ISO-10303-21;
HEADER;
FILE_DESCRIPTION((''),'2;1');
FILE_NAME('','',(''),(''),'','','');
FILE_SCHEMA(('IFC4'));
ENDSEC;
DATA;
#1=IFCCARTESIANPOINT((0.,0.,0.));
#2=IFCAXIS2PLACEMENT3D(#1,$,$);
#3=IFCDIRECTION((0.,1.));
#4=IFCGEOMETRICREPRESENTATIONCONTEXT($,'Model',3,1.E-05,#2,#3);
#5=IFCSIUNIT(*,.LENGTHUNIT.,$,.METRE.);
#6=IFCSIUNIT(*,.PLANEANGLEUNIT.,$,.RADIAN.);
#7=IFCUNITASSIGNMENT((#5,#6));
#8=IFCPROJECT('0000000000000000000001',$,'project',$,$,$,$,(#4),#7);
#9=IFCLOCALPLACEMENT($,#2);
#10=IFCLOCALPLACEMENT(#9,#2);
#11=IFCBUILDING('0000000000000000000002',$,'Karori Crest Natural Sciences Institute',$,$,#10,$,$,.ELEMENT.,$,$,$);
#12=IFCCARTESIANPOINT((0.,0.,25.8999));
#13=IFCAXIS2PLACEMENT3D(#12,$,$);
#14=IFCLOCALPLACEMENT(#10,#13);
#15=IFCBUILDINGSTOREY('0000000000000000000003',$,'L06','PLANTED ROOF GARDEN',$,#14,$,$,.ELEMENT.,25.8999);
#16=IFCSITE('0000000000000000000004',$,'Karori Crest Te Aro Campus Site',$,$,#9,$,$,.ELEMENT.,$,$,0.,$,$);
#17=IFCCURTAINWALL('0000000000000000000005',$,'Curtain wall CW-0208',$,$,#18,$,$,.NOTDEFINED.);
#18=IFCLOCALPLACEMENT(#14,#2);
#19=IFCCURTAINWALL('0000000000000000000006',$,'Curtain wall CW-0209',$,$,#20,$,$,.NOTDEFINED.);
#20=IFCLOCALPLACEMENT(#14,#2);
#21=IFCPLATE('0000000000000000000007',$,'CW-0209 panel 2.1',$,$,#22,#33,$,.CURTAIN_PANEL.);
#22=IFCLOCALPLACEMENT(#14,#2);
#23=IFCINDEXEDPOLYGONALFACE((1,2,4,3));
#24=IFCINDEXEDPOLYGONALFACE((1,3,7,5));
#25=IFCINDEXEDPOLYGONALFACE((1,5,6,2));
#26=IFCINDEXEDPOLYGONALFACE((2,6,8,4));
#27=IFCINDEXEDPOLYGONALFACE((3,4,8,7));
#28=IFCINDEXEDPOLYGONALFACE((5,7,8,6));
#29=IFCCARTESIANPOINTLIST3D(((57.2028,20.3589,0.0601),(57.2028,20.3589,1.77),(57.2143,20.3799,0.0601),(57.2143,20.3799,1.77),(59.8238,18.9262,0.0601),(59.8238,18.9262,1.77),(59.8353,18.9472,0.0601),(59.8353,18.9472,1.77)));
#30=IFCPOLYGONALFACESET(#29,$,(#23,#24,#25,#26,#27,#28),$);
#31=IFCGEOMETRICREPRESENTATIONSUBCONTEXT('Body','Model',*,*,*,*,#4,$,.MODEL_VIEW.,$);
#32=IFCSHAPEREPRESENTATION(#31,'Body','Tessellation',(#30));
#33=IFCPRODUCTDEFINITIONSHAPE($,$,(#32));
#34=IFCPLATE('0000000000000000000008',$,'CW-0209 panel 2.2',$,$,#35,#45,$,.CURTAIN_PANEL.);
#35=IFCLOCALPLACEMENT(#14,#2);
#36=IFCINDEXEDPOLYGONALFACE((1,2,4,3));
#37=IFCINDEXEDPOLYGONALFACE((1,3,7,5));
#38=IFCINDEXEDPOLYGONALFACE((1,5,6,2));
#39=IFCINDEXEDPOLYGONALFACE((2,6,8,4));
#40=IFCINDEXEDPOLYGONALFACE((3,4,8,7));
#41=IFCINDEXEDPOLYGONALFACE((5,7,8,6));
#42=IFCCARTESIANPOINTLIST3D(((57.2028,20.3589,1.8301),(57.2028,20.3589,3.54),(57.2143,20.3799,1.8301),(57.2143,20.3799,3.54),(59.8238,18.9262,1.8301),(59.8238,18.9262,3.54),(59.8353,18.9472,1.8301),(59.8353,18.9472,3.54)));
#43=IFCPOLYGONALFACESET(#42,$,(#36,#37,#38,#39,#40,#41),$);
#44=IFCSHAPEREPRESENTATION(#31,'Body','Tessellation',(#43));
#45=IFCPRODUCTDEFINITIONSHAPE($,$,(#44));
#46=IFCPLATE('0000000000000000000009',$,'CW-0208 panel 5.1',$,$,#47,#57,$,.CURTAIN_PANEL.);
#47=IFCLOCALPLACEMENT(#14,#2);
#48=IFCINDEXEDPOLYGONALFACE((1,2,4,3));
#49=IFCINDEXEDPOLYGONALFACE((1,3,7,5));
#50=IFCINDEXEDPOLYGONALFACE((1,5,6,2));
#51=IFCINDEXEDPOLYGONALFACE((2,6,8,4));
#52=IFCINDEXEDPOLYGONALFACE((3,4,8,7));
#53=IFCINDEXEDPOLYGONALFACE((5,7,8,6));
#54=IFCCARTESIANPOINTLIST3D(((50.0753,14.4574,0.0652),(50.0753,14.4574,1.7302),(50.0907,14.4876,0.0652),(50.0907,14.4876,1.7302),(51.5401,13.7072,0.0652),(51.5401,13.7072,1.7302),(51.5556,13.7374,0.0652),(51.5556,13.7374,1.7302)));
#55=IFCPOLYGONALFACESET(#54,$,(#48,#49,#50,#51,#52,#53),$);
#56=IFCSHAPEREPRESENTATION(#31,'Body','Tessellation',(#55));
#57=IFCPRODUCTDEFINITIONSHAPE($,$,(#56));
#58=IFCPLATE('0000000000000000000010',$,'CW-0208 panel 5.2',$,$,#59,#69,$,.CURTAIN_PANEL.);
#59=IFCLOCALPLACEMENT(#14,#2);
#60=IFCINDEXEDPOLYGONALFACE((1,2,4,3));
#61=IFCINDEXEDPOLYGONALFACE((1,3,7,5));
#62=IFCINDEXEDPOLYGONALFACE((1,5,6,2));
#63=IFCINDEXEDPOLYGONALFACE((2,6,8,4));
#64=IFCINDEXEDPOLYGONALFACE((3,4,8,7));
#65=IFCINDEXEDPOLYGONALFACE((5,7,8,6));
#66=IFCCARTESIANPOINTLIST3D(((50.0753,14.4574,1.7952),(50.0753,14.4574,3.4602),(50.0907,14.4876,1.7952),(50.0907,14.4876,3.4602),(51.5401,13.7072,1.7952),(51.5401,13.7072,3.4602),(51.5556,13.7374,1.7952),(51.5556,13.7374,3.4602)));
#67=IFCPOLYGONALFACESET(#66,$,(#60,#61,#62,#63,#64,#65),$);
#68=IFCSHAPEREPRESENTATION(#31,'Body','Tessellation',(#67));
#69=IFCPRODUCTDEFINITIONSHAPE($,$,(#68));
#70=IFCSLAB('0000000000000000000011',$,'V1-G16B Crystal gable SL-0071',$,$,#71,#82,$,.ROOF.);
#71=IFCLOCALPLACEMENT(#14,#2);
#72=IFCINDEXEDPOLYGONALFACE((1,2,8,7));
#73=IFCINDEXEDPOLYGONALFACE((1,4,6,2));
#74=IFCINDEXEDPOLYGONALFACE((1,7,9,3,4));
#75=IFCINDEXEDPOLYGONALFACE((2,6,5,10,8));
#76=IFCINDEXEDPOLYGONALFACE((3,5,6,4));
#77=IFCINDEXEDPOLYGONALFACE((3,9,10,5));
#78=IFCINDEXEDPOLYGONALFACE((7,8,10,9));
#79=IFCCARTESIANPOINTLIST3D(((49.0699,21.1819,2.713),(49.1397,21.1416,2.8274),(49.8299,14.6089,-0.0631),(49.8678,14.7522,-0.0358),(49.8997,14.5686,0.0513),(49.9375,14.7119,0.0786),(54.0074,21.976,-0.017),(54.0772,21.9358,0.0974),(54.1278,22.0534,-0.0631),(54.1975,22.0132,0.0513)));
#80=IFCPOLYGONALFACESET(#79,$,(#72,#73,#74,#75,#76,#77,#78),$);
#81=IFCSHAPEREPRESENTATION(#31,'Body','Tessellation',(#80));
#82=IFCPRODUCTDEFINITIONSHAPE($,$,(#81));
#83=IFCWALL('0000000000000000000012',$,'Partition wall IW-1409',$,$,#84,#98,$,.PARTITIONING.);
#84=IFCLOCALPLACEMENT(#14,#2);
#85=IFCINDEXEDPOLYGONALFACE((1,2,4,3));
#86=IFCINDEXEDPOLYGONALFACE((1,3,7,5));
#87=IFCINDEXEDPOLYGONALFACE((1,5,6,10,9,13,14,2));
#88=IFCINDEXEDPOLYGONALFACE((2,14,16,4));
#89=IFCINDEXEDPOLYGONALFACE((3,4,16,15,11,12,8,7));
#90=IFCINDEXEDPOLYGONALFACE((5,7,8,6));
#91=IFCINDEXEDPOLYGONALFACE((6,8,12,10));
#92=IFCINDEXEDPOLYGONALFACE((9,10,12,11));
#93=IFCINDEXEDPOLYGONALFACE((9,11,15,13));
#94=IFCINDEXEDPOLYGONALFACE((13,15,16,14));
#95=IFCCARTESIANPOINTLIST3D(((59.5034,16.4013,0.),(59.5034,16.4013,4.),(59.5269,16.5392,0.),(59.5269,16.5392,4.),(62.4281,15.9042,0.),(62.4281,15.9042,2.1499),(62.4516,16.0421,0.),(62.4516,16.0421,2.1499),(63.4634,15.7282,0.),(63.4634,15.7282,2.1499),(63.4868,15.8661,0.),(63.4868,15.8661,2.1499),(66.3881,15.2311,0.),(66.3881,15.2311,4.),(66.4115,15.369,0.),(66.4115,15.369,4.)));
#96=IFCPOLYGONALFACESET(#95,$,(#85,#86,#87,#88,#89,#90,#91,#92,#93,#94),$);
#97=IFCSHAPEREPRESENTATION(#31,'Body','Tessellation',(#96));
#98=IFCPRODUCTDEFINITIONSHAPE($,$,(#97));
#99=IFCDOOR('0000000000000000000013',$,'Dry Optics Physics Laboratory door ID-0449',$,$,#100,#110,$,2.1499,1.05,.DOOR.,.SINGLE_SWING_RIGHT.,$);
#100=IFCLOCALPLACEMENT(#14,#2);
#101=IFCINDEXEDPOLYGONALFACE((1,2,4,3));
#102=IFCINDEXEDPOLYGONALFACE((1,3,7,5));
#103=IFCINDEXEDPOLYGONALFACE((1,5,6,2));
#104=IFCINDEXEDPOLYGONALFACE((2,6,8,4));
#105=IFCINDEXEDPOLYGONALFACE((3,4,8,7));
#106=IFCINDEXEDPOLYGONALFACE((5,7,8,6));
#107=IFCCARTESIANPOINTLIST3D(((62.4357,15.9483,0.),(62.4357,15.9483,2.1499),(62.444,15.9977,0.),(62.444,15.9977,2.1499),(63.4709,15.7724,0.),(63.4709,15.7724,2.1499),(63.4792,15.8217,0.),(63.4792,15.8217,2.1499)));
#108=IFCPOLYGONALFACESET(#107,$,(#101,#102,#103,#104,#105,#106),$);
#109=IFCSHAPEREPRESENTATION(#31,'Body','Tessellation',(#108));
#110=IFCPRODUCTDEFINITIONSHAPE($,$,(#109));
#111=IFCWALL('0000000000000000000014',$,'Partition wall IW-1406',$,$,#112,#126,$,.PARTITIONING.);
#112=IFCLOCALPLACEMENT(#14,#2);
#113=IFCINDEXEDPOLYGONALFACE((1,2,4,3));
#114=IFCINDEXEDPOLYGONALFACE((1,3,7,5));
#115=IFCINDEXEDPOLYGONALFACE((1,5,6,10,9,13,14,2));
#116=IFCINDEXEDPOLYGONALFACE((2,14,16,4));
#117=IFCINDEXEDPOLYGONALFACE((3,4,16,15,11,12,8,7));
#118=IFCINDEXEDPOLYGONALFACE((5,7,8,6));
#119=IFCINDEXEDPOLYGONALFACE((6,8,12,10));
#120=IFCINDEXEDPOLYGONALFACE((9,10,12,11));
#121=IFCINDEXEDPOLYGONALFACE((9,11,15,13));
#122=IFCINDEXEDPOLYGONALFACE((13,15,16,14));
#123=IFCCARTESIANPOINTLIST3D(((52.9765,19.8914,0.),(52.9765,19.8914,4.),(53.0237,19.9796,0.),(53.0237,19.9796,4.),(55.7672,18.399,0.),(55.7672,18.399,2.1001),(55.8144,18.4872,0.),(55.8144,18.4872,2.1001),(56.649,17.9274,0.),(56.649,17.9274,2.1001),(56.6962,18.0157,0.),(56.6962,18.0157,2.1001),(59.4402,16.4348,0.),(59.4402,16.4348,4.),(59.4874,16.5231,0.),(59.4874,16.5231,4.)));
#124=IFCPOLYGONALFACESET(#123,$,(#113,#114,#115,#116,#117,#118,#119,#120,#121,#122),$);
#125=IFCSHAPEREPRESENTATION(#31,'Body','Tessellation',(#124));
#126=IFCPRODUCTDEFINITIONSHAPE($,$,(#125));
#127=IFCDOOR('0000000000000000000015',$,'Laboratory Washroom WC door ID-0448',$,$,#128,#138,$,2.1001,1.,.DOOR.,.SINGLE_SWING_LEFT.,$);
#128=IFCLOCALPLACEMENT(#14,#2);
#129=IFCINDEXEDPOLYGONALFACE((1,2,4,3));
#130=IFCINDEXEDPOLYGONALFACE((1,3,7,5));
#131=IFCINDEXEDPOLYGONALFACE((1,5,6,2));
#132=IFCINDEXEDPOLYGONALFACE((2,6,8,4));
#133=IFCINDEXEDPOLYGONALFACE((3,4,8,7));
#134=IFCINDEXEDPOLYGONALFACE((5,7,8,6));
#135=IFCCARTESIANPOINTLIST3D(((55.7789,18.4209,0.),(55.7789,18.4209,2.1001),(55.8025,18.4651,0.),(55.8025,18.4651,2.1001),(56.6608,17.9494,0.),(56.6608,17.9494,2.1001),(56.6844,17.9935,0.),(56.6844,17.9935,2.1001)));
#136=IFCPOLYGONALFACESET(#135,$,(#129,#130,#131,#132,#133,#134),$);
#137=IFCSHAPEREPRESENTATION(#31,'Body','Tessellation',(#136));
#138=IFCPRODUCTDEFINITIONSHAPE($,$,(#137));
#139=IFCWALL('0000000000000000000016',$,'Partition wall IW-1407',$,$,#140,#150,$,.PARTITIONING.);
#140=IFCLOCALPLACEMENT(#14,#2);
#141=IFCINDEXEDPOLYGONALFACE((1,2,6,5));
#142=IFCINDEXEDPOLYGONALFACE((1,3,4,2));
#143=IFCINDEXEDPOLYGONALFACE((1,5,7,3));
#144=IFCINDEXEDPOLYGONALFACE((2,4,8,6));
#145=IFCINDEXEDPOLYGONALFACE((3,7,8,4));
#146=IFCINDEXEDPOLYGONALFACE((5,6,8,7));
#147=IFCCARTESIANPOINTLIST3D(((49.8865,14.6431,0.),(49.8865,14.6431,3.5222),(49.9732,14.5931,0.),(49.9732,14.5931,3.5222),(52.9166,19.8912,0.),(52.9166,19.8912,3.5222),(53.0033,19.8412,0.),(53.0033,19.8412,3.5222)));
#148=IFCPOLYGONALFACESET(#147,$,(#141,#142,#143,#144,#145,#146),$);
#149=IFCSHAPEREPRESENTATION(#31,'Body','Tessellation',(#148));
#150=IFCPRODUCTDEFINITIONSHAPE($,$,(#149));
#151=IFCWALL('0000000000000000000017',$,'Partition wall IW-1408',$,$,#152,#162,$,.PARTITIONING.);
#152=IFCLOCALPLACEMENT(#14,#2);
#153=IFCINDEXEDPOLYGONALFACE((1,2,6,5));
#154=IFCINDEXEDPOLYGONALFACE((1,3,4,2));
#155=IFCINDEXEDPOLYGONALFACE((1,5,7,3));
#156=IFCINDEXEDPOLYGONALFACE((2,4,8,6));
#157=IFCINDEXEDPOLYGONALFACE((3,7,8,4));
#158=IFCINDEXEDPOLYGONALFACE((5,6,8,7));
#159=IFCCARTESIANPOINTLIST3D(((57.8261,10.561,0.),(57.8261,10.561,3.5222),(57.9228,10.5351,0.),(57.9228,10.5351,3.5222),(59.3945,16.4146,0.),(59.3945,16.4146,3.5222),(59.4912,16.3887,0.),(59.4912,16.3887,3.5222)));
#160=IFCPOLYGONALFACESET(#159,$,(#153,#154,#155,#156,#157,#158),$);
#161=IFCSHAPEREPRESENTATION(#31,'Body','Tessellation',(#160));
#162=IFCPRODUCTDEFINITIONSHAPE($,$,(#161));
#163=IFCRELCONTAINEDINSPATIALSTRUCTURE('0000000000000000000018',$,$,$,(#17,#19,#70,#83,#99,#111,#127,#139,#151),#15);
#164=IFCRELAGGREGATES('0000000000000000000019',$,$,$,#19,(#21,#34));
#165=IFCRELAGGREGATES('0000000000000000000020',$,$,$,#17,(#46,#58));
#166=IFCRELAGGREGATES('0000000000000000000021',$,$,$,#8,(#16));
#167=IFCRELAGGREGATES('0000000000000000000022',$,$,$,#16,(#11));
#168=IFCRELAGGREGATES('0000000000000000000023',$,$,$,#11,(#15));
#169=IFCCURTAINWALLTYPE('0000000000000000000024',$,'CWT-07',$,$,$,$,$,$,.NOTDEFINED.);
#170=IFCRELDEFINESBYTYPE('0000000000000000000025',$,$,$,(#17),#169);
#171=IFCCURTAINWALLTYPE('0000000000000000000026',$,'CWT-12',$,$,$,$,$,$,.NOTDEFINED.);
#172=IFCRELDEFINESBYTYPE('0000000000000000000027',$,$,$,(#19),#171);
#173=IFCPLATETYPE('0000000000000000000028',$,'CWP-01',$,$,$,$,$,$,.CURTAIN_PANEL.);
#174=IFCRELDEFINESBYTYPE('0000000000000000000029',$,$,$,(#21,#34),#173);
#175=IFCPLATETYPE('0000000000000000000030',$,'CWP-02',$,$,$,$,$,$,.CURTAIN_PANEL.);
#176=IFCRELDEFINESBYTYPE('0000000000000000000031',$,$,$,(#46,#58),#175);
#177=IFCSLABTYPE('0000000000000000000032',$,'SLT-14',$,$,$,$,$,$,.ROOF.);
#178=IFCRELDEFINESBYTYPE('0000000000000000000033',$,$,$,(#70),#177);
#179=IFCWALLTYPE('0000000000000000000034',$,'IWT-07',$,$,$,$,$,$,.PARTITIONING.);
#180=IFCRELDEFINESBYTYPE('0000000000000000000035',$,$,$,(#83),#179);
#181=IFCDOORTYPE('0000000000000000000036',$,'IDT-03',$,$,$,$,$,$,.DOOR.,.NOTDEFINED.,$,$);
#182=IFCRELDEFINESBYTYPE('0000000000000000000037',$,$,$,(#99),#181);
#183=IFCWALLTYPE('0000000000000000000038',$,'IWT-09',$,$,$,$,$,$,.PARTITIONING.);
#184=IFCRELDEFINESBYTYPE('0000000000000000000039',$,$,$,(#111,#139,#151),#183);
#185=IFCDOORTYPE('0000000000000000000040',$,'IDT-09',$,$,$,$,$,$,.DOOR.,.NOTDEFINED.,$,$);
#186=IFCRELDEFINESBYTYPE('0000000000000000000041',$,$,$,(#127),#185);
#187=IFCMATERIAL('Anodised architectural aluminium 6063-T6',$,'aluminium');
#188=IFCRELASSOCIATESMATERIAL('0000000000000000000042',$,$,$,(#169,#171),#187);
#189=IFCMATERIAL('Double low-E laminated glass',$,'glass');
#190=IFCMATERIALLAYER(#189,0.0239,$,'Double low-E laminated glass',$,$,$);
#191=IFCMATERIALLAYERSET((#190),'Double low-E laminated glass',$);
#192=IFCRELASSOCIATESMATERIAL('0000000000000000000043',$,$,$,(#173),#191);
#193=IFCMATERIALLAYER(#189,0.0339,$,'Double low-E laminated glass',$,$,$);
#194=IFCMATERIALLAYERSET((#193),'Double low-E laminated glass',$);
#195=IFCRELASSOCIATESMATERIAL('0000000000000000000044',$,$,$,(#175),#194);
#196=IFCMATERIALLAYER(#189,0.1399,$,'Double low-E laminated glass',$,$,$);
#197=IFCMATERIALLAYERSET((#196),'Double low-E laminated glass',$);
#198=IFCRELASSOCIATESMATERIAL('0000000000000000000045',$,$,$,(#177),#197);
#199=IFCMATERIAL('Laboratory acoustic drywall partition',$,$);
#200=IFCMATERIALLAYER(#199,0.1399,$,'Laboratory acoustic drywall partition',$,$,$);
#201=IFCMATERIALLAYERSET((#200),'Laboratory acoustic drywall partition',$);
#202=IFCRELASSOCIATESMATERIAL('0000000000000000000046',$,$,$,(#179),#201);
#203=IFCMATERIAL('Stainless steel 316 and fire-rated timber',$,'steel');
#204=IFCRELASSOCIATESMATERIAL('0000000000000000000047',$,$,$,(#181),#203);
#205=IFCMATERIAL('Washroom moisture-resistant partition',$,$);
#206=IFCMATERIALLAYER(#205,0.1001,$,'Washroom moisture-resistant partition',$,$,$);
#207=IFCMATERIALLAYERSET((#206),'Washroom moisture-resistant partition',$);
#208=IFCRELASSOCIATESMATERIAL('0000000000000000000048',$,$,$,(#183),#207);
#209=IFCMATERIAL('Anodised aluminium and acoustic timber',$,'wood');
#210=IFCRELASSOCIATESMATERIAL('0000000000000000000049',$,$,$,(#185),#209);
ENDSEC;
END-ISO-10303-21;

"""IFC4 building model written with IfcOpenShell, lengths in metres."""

from ifc_helpers import new_model, si_unit, direction, frame, frame_2d, origin, origin_2d, place, context, subcontext, project, spatial, polyline, rectangle, outline, extrude, material, layer, layer_set, type_object, element, fill, aggregate, save


model = new_model("IFC4")

# Units and contexts
model_context = context("Model", 3, precision=1e-05, world=origin(), true_north=direction((0.0, 1.0)))
body_context = subcontext(model_context, "Body", "Model", "MODEL_VIEW")
ifc_project = project(units=[si_unit("LENGTHUNIT", "METRE"), si_unit("PLANEANGLEUNIT", "RADIAN")], contexts=[model_context])

# Site, building, storey
site_placement = place(None, origin())
site = spatial("IfcSite", under=ifc_project, at=site_placement, Name="Karori Crest Te Aro Campus Site", CompositionType="ELEMENT", RefElevation=0.0)
building_placement = place(site_placement, origin())
building = spatial("IfcBuilding", under=site, at=building_placement, Name="Karori Crest Natural Sciences Institute", CompositionType="ELEMENT")
storey_placement = place(building_placement, frame((0.0, 0.0, 25.8999)))
storey = spatial("IfcBuildingStorey", under=building, at=storey_placement, Name="L06", Description="PLANTED ROOF GARDEN", CompositionType="ELEMENT", Elevation=25.8999)

# Curtain walls
ifc_material_1 = material(Name="Anodised architectural aluminium 6063-T6", Category="aluminium")
curtain_wall_type_1 = type_object("IfcCurtainWallType", Name="CWT-07", PredefinedType="NOTDEFINED", material=ifc_material_1)
curtain_wall_1_placement = place(storey_placement, origin())
curtain_wall_1 = element("IfcCurtainWall", 1, at=curtain_wall_1_placement, inside=storey, type_object=curtain_wall_type_1, Name="Curtain wall CW-0208", PredefinedType="NOTDEFINED")
curtain_wall_type_2 = type_object("IfcCurtainWallType", Name="CWT-12", PredefinedType="NOTDEFINED", material=ifc_material_1)
curtain_wall_2_placement = place(storey_placement, origin())
curtain_wall_2 = element("IfcCurtainWall", 2, at=curtain_wall_2_placement, inside=storey, type_object=curtain_wall_type_2, Name="Curtain wall CW-0209", PredefinedType="NOTDEFINED")

# Plates
ifc_material_2 = material(Name="Double low-E laminated glass", Category="glass")
ifc_layer_1 = layer(ifc_material_2, 0.0239, Name="Double low-E laminated glass")
ifc_layer_set_1 = layer_set([ifc_layer_1], Name="Double low-E laminated glass")
plate_type_1 = type_object("IfcPlateType", Name="CWP-01", PredefinedType="CURTAIN_PANEL", material=ifc_layer_set_1)
plate_1_placement = place(storey_placement, frame((58.519, 19.6531, 0.0601), z_axis=(0.0, 0.0, 1.0), x_axis=(0.87747, -0.479631, 0.0)))
plate_1 = element("IfcPlate", 3, at=plate_1_placement, type_object=plate_type_1, Name="CW-0209 panel 2.1", PredefinedType="CURTAIN_PANEL", context=body_context, shape_type="SweptSolid", body=[
    extrude(rectangle(XDim=2.9871, YDim=0.0239, at=origin_2d()), origin(), (0.0, 0.0, 1.0), 1.71),
])
plate_2_placement = place(storey_placement, frame((58.519, 19.6531, 1.8301), z_axis=(0.0, 0.0, 1.0), x_axis=(0.87747, -0.479631, 0.0)))
plate_2 = element("IfcPlate", 4, at=plate_2_placement, type_object=plate_type_1, Name="CW-0209 panel 2.2", PredefinedType="CURTAIN_PANEL", context=body_context, shape_type="SweptSolid", body=[
    extrude(rectangle(XDim=2.9871, YDim=0.0239, at=origin_2d()), origin(), (0.0, 0.0, 1.0), 1.71),
])
aggregate(curtain_wall_2, [plate_1, plate_2])
ifc_layer_2 = layer(ifc_material_2, 0.0339, Name="Double low-E laminated glass")
ifc_layer_set_2 = layer_set([ifc_layer_2], Name="Double low-E laminated glass")
plate_type_2 = type_object("IfcPlateType", Name="CWP-02", PredefinedType="CURTAIN_PANEL", material=ifc_layer_set_2)
plate_3_placement = place(storey_placement, frame((50.8154, 14.0974, 0.0652), z_axis=(0.0, 0.0, 1.0), x_axis=(-0.890067, 0.455829, 0.0)))
plate_3 = element("IfcPlate", 5, at=plate_3_placement, type_object=plate_type_2, Name="CW-0208 panel 5.1", PredefinedType="CURTAIN_PANEL", context=body_context, shape_type="SweptSolid", body=[
    extrude(rectangle(XDim=1.6458, YDim=0.0339, at=origin_2d()), origin(), (0.0, 0.0, 1.0), 1.665),
])
plate_4_placement = place(storey_placement, frame((50.8154, 14.0974, 1.7952), z_axis=(0.0, 0.0, 1.0), x_axis=(-0.890067, 0.455829, 0.0)))
plate_4 = element("IfcPlate", 6, at=plate_4_placement, type_object=plate_type_2, Name="CW-0208 panel 5.2", PredefinedType="CURTAIN_PANEL", context=body_context, shape_type="SweptSolid", body=[
    extrude(rectangle(XDim=1.6458, YDim=0.0339, at=origin_2d()), origin(), (0.0, 0.0, 1.0), 1.665),
])
aggregate(curtain_wall_1, [plate_3, plate_4])

# Slab
ifc_layer_3 = layer(ifc_material_2, 0.1399, Name="Double low-E laminated glass")
ifc_layer_set_3 = layer_set([ifc_layer_3], Name="Double low-E laminated glass")
slab_type = type_object("IfcSlabType", Name="SLT-14", PredefinedType="ROOF", material=ifc_layer_set_3)
slab_placement = place(storey_placement, frame((49.8997, 14.5686, 0.0513), z_axis=(0.498438, -0.287758, 0.817774), x_axis=(0.499977, 0.866039, 0.000003)))
element("IfcSlab", 7, at=slab_placement, inside=storey, type_object=slab_type, Name="V1-G16B Crystal gable SL-0071", PredefinedType="ROOF", context=body_context, shape_type="SweptSolid", body=[
    extrude(outline(polyline([(0.0, 0.0), (8.5961, 0.0), (8.4689, 0.0802), (5.3125, 4.8235), (0.143, 0.0475), (0.0, 0.0)])), origin(), (0.0, 0.0, -1.0), 0.1399),
])

# Walls, openings, doors
ifc_material_3 = material(Name="Laboratory acoustic drywall partition")
ifc_layer_4 = layer(ifc_material_3, 0.1399, Name="Laboratory acoustic drywall partition")
ifc_layer_set_4 = layer_set([ifc_layer_4], Name="Laboratory acoustic drywall partition")
wall_type_1 = type_object("IfcWallType", Name="IWT-07", PredefinedType="PARTITIONING", material=ifc_layer_set_4)
wall_1_placement = place(storey_placement, frame((59.5151, 16.4702, 0.0), z_axis=(0.0, 0.0, 1.0), x_axis=(0.985862, -0.167562, 0.0)))
wall_1 = element("IfcWall", 8, at=wall_1_placement, inside=storey, type_object=wall_type_1, Name="Partition wall IW-1409", PredefinedType="PARTITIONING", context=body_context, shape_type="SweptSolid", body=[
    extrude(rectangle(XDim=6.9834, YDim=0.1399, at=frame_2d((3.4917, 0.0))), origin(), (0.0, 0.0, 1.0), 4.0),
])
opening_1_placement = place(wall_1_placement, frame((2.9668, 0.0, 0.0)))
opening_1 = element("IfcOpeningElement", 9, at=opening_1_placement, cuts=wall_1, PredefinedType="OPENING", context=body_context, shape_type="SweptSolid", body=[
    extrude(rectangle(XDim=1.05, YDim=2.1499, at=frame_2d((0.5249, 1.075))), frame((0.0, 0.0801, 0.0), z_axis=(0.0, -1.0, 0.0), x_axis=(1.0, 0.0, 0.0)), (0.0, 0.0, 1.0), 0.1599),
])
ifc_material_4 = material(Name="Stainless steel 316 and fire-rated timber", Category="steel")
door_type_1 = type_object("IfcDoorType", Name="IDT-03", OperationType="NOTDEFINED", PredefinedType="DOOR", material=ifc_material_4)
door_1_placement = place(opening_1_placement, origin())
door_1 = element("IfcDoor", 10, at=door_1_placement, inside=storey, type_object=door_type_1, Name="Dry Optics Physics Laboratory door ID-0449", OperationType="SINGLE_SWING_RIGHT", OverallHeight=2.1499, OverallWidth=1.05, PredefinedType="DOOR", context=body_context, shape_type="SweptSolid", body=[
    extrude(rectangle(XDim=1.05, YDim=2.1499, at=frame_2d((0.5249, 1.075))), frame((0.0, 0.0249, 0.0), z_axis=(0.0, -1.0, 0.0), x_axis=(1.0, 0.0, 0.0)), (0.0, 0.0, 1.0), 0.05),
])
fill(opening_1, door_1)
ifc_material_5 = material(Name="Washroom moisture-resistant partition")
ifc_layer_5 = layer(ifc_material_5, 0.1001, Name="Washroom moisture-resistant partition")
ifc_layer_set_5 = layer_set([ifc_layer_5], Name="Washroom moisture-resistant partition")
wall_type_2 = type_object("IfcWallType", Name="IWT-09", PredefinedType="PARTITIONING", material=ifc_layer_set_5)
wall_2_placement = place(storey_placement, frame((53.0, 19.9355, 0.0), z_axis=(0.0, 0.0, 1.0), x_axis=(0.881827, -0.471573, 0.0)))
wall_2 = element("IfcWall", 11, at=wall_2_placement, inside=storey, type_object=wall_type_2, Name="Partition wall IW-1406", PredefinedType="PARTITIONING", context=body_context, shape_type="SweptSolid", body=[
    extrude(rectangle(XDim=7.3298, YDim=0.1001, at=frame_2d((3.665, 0.0))), origin(), (0.0, 0.0, 1.0), 4.0),
])
opening_2_placement = place(wall_2_placement, frame((3.1648, 0.0, 0.0)))
opening_2 = element("IfcOpeningElement", 12, at=opening_2_placement, cuts=wall_2, PredefinedType="OPENING", context=body_context, shape_type="SweptSolid", body=[
    extrude(rectangle(XDim=1.0, YDim=2.1001, at=frame_2d((0.5, 1.05))), frame((0.0, 0.0601, 0.0), z_axis=(0.0, -1.0, 0.0), x_axis=(1.0, 0.0, 0.0)), (0.0, 0.0, 1.0), 0.1201),
])
ifc_material_6 = material(Name="Anodised aluminium and acoustic timber", Category="wood")
door_type_2 = type_object("IfcDoorType", Name="IDT-09", OperationType="NOTDEFINED", PredefinedType="DOOR", material=ifc_material_6)
door_2_placement = place(opening_2_placement, origin())
door_2 = element("IfcDoor", 13, at=door_2_placement, inside=storey, type_object=door_type_2, Name="Laboratory Washroom WC door ID-0448", OperationType="SINGLE_SWING_LEFT", OverallHeight=2.1001, OverallWidth=1.0, PredefinedType="DOOR", context=body_context, shape_type="SweptSolid", body=[
    extrude(rectangle(XDim=1.0, YDim=2.1001, at=frame_2d((0.5, 1.05))), frame((0.0, 0.0249, 0.0), z_axis=(0.0, -1.0, 0.0), x_axis=(1.0, 0.0, 0.0)), (0.0, 0.0, 1.0), 0.05),
])
fill(opening_2, door_2)

# Walls
for number, where, z_axis, x_axis, name in (
    (14, (52.96, 19.8662, 0.0), (0.0, 0.0, 1.0), (-0.500008, -0.866021, 0.0), "Partition wall IW-1407"),
    (15, (59.4429, 16.4016, 0.0), (0.0, 0.0, 1.0), (-0.258806, -0.965929, 0.0), "Partition wall IW-1408"),
):
    element("IfcWall", number, at=place(storey_placement, frame(where, z_axis=z_axis, x_axis=x_axis)), inside=storey, type_object=wall_type_2, Name=name, PredefinedType="PARTITIONING", context=body_context, shape_type="SweptSolid", body=[
        extrude(rectangle(XDim=6.0601, YDim=0.1001, at=frame_2d((3.03, 0.0))), origin(), (0.0, 0.0, 1.0), 3.5222),
    ])

save(model, "model.ifc")
